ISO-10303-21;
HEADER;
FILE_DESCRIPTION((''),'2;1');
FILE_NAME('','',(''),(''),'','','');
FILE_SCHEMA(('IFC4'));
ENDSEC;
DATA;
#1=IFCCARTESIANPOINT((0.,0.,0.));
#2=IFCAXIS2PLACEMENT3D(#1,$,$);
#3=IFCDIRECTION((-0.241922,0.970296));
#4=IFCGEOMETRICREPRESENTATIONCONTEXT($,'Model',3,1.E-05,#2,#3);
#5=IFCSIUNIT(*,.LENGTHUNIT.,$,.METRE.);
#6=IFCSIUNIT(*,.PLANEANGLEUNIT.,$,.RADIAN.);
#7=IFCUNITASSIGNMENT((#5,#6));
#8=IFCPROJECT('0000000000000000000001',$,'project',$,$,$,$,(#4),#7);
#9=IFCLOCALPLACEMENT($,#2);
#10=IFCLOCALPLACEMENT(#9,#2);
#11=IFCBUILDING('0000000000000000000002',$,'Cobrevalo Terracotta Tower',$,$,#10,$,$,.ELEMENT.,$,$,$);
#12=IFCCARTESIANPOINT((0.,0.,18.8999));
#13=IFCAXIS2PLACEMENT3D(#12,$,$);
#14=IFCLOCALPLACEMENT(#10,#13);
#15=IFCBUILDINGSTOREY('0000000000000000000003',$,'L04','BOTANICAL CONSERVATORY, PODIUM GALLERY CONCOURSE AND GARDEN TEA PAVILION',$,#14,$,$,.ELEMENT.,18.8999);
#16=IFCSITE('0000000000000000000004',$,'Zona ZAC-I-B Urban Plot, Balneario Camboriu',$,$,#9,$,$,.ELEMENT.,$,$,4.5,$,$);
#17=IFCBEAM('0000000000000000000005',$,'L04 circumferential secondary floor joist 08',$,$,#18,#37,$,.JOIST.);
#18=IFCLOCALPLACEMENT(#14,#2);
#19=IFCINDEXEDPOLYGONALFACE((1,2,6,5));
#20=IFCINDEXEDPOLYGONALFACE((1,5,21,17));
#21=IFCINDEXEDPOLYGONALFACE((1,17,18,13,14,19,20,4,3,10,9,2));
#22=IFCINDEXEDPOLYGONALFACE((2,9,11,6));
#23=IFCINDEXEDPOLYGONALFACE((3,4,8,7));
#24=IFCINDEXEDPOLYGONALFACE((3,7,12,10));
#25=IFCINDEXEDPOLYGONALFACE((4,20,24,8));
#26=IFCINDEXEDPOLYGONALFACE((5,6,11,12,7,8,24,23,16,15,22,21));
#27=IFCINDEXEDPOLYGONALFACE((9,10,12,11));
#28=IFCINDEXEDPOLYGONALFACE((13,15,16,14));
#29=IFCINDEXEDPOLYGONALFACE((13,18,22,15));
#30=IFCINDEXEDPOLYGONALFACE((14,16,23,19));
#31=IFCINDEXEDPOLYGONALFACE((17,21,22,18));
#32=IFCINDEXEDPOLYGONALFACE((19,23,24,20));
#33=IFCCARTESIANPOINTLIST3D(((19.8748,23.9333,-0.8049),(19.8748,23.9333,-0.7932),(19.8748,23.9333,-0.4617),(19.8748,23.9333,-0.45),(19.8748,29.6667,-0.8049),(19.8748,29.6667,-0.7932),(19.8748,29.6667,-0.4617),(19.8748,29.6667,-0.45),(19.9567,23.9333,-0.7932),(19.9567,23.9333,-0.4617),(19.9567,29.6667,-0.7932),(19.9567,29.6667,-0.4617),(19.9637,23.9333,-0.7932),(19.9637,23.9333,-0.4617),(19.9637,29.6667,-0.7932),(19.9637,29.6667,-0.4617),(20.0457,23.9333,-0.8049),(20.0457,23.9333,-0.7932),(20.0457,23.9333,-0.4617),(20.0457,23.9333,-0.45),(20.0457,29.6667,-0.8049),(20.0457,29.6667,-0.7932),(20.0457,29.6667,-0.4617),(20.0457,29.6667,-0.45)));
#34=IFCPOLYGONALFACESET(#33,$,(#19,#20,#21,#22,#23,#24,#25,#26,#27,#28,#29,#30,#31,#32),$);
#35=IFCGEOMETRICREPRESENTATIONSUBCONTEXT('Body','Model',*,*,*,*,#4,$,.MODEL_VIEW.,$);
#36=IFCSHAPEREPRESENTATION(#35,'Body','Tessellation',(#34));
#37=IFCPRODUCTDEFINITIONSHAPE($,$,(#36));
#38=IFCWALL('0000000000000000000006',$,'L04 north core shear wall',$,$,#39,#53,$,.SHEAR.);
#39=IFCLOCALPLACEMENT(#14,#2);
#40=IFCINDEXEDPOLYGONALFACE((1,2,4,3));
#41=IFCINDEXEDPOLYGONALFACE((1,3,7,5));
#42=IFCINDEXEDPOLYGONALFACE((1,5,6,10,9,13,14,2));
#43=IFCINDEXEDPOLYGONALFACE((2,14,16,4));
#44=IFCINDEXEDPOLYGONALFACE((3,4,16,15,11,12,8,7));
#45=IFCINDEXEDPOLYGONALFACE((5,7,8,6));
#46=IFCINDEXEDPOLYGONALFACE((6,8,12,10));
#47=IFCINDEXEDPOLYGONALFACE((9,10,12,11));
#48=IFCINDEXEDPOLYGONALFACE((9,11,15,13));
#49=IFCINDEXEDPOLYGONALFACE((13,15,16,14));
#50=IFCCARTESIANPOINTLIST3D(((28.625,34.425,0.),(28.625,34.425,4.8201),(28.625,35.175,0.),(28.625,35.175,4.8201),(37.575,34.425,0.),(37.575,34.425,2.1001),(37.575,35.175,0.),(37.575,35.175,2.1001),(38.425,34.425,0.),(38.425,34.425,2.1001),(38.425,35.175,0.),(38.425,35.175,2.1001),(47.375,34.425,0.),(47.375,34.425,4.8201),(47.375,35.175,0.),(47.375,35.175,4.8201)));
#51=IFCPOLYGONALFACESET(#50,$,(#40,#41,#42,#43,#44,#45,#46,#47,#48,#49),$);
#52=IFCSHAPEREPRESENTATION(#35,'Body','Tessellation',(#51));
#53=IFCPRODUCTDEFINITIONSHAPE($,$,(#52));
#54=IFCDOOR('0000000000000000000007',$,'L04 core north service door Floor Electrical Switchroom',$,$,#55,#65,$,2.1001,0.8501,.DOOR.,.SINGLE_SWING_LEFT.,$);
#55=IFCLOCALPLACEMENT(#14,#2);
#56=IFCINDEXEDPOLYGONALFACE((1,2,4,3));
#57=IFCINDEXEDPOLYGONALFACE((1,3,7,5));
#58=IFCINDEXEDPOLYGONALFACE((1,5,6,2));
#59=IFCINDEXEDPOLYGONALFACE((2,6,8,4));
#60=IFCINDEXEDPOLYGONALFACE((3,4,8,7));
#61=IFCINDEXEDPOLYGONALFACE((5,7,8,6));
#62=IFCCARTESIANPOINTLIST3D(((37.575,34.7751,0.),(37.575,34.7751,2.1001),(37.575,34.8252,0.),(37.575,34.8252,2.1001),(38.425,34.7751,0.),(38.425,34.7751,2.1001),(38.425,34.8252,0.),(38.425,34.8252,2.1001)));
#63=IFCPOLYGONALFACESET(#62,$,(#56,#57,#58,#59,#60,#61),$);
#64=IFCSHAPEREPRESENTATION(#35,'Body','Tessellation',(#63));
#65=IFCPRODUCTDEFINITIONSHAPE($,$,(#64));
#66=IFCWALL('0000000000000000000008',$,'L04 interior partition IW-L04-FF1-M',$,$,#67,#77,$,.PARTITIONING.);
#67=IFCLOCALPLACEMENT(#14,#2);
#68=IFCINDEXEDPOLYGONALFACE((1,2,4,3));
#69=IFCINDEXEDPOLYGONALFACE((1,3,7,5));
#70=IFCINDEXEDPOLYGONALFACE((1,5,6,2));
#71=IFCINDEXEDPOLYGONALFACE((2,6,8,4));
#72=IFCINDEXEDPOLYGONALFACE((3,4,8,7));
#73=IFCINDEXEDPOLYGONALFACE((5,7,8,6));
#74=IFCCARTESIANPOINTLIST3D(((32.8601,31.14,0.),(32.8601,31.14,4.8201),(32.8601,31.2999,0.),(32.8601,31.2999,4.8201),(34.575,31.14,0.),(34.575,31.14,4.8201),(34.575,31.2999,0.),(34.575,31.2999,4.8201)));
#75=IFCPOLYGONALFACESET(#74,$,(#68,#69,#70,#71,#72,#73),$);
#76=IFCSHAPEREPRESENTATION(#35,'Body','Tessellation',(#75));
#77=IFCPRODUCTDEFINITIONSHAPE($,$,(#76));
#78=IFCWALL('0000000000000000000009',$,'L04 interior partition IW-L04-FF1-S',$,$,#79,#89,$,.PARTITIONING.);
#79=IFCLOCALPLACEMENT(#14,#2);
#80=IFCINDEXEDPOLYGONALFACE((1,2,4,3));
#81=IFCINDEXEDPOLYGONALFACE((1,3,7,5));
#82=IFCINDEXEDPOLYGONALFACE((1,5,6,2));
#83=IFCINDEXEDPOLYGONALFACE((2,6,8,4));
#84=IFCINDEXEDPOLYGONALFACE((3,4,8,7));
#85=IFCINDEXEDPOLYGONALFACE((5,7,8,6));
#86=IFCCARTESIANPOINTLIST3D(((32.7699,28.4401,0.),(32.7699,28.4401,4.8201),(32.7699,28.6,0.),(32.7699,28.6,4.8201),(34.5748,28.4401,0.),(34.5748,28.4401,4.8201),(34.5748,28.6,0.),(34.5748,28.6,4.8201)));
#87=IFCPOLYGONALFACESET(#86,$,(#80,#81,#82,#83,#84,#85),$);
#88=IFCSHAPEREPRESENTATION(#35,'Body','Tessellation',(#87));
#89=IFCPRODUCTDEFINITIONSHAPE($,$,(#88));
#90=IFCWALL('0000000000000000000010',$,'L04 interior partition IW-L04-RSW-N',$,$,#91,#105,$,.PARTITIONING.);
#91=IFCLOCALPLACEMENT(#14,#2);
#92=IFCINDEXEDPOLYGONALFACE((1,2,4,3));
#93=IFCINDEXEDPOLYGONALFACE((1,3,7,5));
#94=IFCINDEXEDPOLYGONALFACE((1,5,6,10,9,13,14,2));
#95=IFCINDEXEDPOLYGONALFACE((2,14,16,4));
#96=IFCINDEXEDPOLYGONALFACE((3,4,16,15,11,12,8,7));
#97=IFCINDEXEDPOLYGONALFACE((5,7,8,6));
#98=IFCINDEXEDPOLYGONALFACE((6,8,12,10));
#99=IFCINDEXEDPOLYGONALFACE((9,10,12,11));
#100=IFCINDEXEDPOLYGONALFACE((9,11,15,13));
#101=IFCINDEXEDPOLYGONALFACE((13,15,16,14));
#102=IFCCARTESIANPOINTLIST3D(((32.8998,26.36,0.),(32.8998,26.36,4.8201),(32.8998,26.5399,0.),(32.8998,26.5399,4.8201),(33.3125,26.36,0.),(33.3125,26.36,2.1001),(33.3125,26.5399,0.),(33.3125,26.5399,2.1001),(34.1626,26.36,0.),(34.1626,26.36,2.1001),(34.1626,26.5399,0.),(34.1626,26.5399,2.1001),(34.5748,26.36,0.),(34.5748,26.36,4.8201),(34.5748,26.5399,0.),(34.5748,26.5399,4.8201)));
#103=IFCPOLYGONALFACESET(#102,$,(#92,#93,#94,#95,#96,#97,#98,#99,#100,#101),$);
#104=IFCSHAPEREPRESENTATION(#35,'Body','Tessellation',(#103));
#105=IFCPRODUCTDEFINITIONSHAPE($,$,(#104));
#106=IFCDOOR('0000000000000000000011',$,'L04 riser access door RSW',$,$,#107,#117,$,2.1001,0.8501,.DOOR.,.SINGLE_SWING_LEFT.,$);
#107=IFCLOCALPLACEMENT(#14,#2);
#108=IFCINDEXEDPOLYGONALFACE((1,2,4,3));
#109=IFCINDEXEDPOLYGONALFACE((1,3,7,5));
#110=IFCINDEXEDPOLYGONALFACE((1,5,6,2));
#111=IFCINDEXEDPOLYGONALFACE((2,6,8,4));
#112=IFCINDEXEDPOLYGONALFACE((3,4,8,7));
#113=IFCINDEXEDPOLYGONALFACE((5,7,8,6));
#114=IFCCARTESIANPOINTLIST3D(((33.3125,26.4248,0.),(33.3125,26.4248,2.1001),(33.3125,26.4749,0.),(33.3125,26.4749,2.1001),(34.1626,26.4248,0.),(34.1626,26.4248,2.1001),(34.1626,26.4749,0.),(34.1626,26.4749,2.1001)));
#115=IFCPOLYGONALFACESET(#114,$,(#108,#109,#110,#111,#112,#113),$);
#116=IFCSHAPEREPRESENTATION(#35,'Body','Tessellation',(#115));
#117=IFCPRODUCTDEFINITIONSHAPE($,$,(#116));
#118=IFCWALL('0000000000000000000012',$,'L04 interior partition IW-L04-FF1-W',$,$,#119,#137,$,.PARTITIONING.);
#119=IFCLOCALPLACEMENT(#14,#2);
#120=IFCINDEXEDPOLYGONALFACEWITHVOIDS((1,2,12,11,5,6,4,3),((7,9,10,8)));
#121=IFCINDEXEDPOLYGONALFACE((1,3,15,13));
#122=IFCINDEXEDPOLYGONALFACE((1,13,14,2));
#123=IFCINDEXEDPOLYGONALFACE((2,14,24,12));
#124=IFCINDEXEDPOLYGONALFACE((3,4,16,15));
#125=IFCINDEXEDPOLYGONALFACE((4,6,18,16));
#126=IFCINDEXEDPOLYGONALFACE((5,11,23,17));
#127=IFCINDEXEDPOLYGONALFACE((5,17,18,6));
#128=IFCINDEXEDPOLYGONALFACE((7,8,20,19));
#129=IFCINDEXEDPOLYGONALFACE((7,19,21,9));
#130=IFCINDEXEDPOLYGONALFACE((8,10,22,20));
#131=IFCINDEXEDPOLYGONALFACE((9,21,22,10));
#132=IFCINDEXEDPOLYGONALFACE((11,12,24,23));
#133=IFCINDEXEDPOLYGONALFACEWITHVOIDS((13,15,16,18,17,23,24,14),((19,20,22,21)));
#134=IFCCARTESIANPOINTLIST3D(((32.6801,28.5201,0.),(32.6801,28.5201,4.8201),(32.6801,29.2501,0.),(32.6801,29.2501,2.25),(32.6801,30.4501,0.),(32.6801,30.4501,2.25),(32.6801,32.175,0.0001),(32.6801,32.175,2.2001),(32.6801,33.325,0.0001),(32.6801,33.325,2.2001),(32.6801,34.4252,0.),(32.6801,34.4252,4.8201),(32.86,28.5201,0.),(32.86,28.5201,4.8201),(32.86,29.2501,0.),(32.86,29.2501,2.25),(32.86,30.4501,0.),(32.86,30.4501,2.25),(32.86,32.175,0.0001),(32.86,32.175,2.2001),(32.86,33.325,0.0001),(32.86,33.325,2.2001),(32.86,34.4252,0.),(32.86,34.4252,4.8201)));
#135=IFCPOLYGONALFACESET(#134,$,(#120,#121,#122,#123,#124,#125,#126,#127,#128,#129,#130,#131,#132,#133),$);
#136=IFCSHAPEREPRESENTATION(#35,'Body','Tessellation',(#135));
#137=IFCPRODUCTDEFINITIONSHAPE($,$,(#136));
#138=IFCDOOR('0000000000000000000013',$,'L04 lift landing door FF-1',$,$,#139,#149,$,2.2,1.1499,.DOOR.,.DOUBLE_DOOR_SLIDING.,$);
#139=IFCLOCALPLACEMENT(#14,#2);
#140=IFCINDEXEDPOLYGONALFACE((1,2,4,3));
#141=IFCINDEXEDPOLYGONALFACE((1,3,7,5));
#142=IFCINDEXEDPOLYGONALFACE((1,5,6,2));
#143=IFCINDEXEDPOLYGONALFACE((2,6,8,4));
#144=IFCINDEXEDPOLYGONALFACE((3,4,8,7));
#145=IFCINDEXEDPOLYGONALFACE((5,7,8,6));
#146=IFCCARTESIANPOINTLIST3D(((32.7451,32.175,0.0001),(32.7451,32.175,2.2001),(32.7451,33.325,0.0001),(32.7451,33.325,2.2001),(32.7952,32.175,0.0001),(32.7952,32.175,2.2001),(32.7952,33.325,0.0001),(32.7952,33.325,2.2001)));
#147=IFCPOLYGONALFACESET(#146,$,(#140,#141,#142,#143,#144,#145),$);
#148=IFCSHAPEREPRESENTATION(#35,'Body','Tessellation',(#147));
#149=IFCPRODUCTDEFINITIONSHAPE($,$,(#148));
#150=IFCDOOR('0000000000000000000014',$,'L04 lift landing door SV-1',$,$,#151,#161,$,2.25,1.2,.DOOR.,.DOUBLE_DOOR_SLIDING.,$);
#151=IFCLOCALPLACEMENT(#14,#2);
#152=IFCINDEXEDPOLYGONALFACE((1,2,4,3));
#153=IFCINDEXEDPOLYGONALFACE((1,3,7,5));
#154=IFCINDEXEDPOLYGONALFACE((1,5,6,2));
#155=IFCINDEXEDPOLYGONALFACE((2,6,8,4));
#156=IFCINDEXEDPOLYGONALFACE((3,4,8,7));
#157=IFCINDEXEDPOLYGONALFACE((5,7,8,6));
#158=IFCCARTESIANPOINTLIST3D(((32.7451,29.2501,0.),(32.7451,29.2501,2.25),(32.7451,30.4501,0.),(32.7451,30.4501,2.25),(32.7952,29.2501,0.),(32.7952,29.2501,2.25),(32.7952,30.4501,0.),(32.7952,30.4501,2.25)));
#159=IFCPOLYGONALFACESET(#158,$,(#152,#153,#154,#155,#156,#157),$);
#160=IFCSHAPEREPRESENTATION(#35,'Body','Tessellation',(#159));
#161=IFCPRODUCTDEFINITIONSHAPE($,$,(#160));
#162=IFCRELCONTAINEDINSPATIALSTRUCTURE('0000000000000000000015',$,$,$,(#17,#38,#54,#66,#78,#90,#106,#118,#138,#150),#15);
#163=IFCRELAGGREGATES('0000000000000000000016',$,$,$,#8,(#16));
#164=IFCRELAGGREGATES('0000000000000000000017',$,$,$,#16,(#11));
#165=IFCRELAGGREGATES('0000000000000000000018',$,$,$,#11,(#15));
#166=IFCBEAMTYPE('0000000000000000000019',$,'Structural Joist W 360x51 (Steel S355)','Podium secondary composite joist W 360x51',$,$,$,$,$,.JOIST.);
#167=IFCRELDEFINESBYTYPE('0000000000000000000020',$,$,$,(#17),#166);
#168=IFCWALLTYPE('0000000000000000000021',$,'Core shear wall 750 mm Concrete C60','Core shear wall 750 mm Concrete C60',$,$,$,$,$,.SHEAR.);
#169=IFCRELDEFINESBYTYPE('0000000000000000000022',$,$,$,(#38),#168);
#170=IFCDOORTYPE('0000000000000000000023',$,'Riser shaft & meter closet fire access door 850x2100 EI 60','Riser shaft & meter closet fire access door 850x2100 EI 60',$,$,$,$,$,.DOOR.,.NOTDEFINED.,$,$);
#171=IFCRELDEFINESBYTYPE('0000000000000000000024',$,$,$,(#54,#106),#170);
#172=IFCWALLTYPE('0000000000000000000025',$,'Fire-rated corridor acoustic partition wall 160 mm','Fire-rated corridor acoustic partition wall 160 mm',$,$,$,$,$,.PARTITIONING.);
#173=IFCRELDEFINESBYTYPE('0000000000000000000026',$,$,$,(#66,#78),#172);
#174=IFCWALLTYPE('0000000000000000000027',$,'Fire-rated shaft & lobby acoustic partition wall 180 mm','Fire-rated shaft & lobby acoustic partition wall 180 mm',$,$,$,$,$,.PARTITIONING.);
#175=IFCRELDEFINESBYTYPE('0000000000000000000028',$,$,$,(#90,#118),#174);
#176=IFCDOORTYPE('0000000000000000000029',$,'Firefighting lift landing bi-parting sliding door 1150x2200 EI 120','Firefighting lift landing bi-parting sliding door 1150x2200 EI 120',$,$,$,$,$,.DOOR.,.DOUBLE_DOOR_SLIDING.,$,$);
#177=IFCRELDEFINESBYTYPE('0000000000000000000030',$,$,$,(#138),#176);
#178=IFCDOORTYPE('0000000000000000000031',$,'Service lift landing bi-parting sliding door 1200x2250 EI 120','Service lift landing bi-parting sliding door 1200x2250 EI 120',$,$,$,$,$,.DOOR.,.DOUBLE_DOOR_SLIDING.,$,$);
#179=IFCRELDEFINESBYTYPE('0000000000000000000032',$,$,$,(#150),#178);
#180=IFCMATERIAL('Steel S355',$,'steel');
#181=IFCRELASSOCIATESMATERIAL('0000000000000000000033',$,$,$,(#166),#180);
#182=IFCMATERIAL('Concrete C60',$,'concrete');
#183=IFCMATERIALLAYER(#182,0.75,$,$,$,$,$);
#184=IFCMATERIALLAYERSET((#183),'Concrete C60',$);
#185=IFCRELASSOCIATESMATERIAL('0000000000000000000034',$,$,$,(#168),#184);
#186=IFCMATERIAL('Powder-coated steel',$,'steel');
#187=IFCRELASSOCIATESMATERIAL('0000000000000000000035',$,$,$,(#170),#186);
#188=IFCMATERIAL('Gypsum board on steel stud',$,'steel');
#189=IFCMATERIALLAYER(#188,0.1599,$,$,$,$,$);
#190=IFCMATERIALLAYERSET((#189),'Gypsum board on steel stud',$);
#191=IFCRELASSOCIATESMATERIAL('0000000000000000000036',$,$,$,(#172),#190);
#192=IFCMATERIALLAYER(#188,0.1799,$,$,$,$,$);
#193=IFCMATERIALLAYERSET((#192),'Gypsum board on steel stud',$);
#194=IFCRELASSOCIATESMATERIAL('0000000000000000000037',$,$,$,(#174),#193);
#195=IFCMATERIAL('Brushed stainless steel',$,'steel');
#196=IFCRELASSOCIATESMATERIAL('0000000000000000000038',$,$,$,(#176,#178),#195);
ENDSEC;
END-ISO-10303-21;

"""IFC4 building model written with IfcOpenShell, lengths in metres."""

from ifc_helpers import new_model, si_unit, direction, frame, frame_2d, origin, origin_2d, place, context, subcontext, project, spatial, rectangle, i_section, extrude, source, transform, mapped, material, layer, layer_set, material_profile, profile_set, type_object, element, fill, save


model = new_model("IFC4")

# Units and contexts
model_context = context("Model", 3, precision=1e-05, world=origin(), true_north=direction((-0.241922, 0.970296)))
body_context = subcontext(model_context, "Body", "Model", "MODEL_VIEW")
ifc_project = project(units=[si_unit("LENGTHUNIT", "METRE"), si_unit("PLANEANGLEUNIT", "RADIAN")], contexts=[model_context])

# Site, building, storey
site_placement = place(None, origin())
site = spatial("IfcSite", under=ifc_project, at=site_placement, Name="Zona ZAC-I-B Urban Plot, Balneario Camboriu", CompositionType="ELEMENT", RefElevation=4.5)
building_placement = place(site_placement, origin())
building = spatial("IfcBuilding", under=site, at=building_placement, Name="Cobrevalo Terracotta Tower", CompositionType="ELEMENT")
storey_placement = place(building_placement, frame((0.0, 0.0, 18.8999)))
storey = spatial("IfcBuildingStorey", under=building, at=storey_placement, Name="L04", Description="BOTANICAL CONSERVATORY, PODIUM GALLERY CONCOURSE AND GARDEN TEA PAVILION", CompositionType="ELEMENT", Elevation=18.8999)

# Shared definitions
ifc_material_1 = material(Name="Steel S355", Category="steel")
ifc_material_2 = material(Name="Concrete C60", Category="concrete")

# Beam
ifc_material_profile_1 = material_profile(ifc_material_1, i_section(OverallWidth=0.1709, OverallDepth=0.355, WebThickness=0.0071, FlangeThickness=0.0117, at=origin_2d()), Name="W 360x51")
ifc_profile_set_1 = profile_set([ifc_material_profile_1], Name="Steel S355")
beam_type = type_object("IfcBeamType", Name="Structural Joist W 360x51 (Steel S355)", Description="Podium secondary composite joist W 360x51", PredefinedType="JOIST", material=ifc_profile_set_1)
beam_1_placement = place(storey_placement, frame((19.9602, 29.6667, -0.6274), z_axis=(0.0, -1.0, 0.0), x_axis=(1.0, 0.0, 0.0)))
element("IfcBeam", 1, at=beam_1_placement, inside=storey, type_object=beam_type, Name="L04 circumferential secondary floor joist 08", PredefinedType="JOIST", context=body_context, shape_type="SweptSolid", body=[
    extrude(i_section(OverallWidth=0.1709, OverallDepth=0.355, WebThickness=0.0071, FlangeThickness=0.0117, at=origin_2d()), origin(), (0.0, 0.0, 1.0), 5.7334),
])

# Wall, opening, door
ifc_layer_1 = layer(ifc_material_2, 0.75)
ifc_layer_set_1 = layer_set([ifc_layer_1], Name="Concrete C60")
wall_type_1 = type_object("IfcWallType", Name="Core shear wall 750 mm Concrete C60", Description="Core shear wall 750 mm Concrete C60", PredefinedType="SHEAR", material=ifc_layer_set_1)
wall_1_placement = place(storey_placement, frame((28.625, 34.8, 0.0), z_axis=(0.0, 0.0, 1.0), x_axis=(1.0, 0.0, 0.0)))
wall_1 = element("IfcWall", 2, at=wall_1_placement, inside=storey, type_object=wall_type_1, Name="L04 north core shear wall", PredefinedType="SHEAR", context=body_context, shape_type="SweptSolid", body=[
    extrude(rectangle(XDim=18.75, YDim=0.75, at=frame_2d((9.375, 0.0))), origin(), (0.0, 0.0, 1.0), 4.8201),
])
opening_1_placement = place(wall_1_placement, frame((8.95, 0.0, 0.0)))
opening_1 = element("IfcOpeningElement", 3, at=opening_1_placement, cuts=wall_1, PredefinedType="OPENING", context=body_context, shape_type="SweptSolid", body=[
    extrude(rectangle(XDim=0.8501, YDim=2.1001, at=frame_2d((0.425, 1.05))), frame((0.0, 0.385, 0.0), z_axis=(0.0, -1.0, 0.0), x_axis=(1.0, 0.0, 0.0)), (0.0, 0.0, 1.0), 0.77),
])
ifc_material_3 = material(Name="Powder-coated steel", Category="steel")
door_type_1 = type_object("IfcDoorType", Name="Riser shaft & meter closet fire access door 850x2100 EI 60", Description="Riser shaft & meter closet fire access door 850x2100 EI 60", OperationType="NOTDEFINED", PredefinedType="DOOR", material=ifc_material_3)
shared_shape_1 = source(origin(), body_context, "Body", "SweptSolid", [
    extrude(rectangle(XDim=0.8501, YDim=2.1001, at=frame_2d((0.425, 1.05))), frame((0.0, 0.0249, 0.0), z_axis=(0.0, -1.0, 0.0), x_axis=(1.0, 0.0, 0.0)), (0.0, 0.0, 1.0), 0.05),
])
door_1_placement = place(opening_1_placement, frame((0.8501, 0.0, 0.0), z_axis=(0.0, 0.0, 1.0), x_axis=(-1.0, 0.0, 0.0)))
door_1 = element("IfcDoor", 4, at=door_1_placement, inside=storey, type_object=door_type_1, Name="L04 core north service door Floor Electrical Switchroom", OperationType="SINGLE_SWING_LEFT", OverallHeight=2.1001, OverallWidth=0.8501, PredefinedType="DOOR", context=body_context, shape_type="MappedRepresentation", body=[
    mapped(shared_shape_1, transform((0.0, 0.0, 0.0), scale=1.0)),
])
fill(opening_1, door_1)

# Walls
ifc_material_4 = material(Name="Gypsum board on steel stud", Category="steel")
ifc_layer_2 = layer(ifc_material_4, 0.1599)
ifc_layer_set_2 = layer_set([ifc_layer_2], Name="Gypsum board on steel stud")
wall_type_2 = type_object("IfcWallType", Name="Fire-rated corridor acoustic partition wall 160 mm", Description="Fire-rated corridor acoustic partition wall 160 mm", PredefinedType="PARTITIONING", material=ifc_layer_set_2)
wall_2_placement = place(storey_placement, frame((32.8601, 31.22, 0.0), z_axis=(0.0, 0.0, 1.0), x_axis=(1.0, 0.0, 0.0)))
element("IfcWall", 5, at=wall_2_placement, inside=storey, type_object=wall_type_2, Name="L04 interior partition IW-L04-FF1-M", PredefinedType="PARTITIONING", context=body_context, shape_type="SweptSolid", body=[
    extrude(rectangle(XDim=1.7148, YDim=0.1599, at=frame_2d((0.8574, 0.0))), origin(), (0.0, 0.0, 1.0), 4.8201),
])
wall_3_placement = place(storey_placement, frame((32.77, 28.52, 0.0), z_axis=(0.0, 0.0, 1.0), x_axis=(1.0, 0.0, 0.0)))
element("IfcWall", 6, at=wall_3_placement, inside=storey, type_object=wall_type_2, Name="L04 interior partition IW-L04-FF1-S", PredefinedType="PARTITIONING", context=body_context, shape_type="SweptSolid", body=[
    extrude(rectangle(XDim=1.8049, YDim=0.1599, at=frame_2d((0.9023, 0.0))), origin(), (0.0, 0.0, 1.0), 4.8201),
])

# Wall, opening, door
ifc_layer_3 = layer(ifc_material_4, 0.1799)
ifc_layer_set_3 = layer_set([ifc_layer_3], Name="Gypsum board on steel stud")
wall_type_3 = type_object("IfcWallType", Name="Fire-rated shaft & lobby acoustic partition wall 180 mm", Description="Fire-rated shaft & lobby acoustic partition wall 180 mm", PredefinedType="PARTITIONING", material=ifc_layer_set_3)
wall_4_placement = place(storey_placement, frame((32.8999, 26.45, 0.0), z_axis=(0.0, 0.0, 1.0), x_axis=(1.0, 0.0, 0.0)))
wall_4 = element("IfcWall", 7, at=wall_4_placement, inside=storey, type_object=wall_type_3, Name="L04 interior partition IW-L04-RSW-N", PredefinedType="PARTITIONING", context=body_context, shape_type="SweptSolid", body=[
    extrude(rectangle(XDim=1.675, YDim=0.1799, at=frame_2d((0.8374, 0.0))), origin(), (0.0, 0.0, 1.0), 4.8201),
])
opening_2_placement = place(wall_4_placement, frame((0.4126, 0.0, 0.0)))
opening_2 = element("IfcOpeningElement", 8, at=opening_2_placement, cuts=wall_4, PredefinedType="OPENING", context=body_context, shape_type="SweptSolid", body=[
    extrude(rectangle(XDim=0.8501, YDim=2.1001, at=frame_2d((0.425, 1.05))), frame((0.0, 0.1001, 0.0), z_axis=(0.0, -1.0, 0.0), x_axis=(1.0, 0.0, 0.0)), (0.0, 0.0, 1.0), 0.2),
])
door_2_placement = place(opening_2_placement, origin())
door_2 = element("IfcDoor", 9, at=door_2_placement, inside=storey, type_object=door_type_1, Name="L04 riser access door RSW", OperationType="SINGLE_SWING_LEFT", OverallHeight=2.1001, OverallWidth=0.8501, PredefinedType="DOOR", context=body_context, shape_type="MappedRepresentation", body=[
    mapped(shared_shape_1, transform((0.0, 0.0, 0.0), scale=1.0)),
])
fill(opening_2, door_2)

# Wall, openings, doors
wall_5_placement = place(storey_placement, frame((32.77, 28.52, 0.0), z_axis=(0.0, 0.0, 1.0), x_axis=(0.0, 1.0, 0.0)))
wall_5 = element("IfcWall", 10, at=wall_5_placement, inside=storey, type_object=wall_type_3, Name="L04 interior partition IW-L04-FF1-W", PredefinedType="PARTITIONING", context=body_context, shape_type="SweptSolid", body=[
    extrude(rectangle(XDim=5.905, YDim=0.1799, at=frame_2d((2.9526, 0.0))), origin(), (0.0, 0.0, 1.0), 4.8201),
])
opening_3_placement = place(wall_5_placement, frame((3.655, 0.0, 0.0)))
opening_3 = element("IfcOpeningElement", 11, at=opening_3_placement, cuts=wall_5, PredefinedType="OPENING", context=body_context, shape_type="SweptSolid", body=[
    extrude(rectangle(XDim=1.1499, YDim=2.2, at=frame_2d((0.575, 1.1001))), frame((0.0, 0.1001, 0.0), z_axis=(0.0, -1.0, 0.0), x_axis=(1.0, 0.0, 0.0)), (0.0, 0.0, 1.0), 0.2),
])
opening_4_placement = place(wall_5_placement, frame((0.73, 0.0, 0.0)))
opening_4 = element("IfcOpeningElement", 12, at=opening_4_placement, cuts=wall_5, PredefinedType="OPENING", context=body_context, shape_type="SweptSolid", body=[
    extrude(rectangle(XDim=1.2, YDim=2.25, at=frame_2d((0.6001, 1.125))), frame((0.0, 0.1001, 0.0), z_axis=(0.0, -1.0, 0.0), x_axis=(1.0, 0.0, 0.0)), (0.0, 0.0, 1.0), 0.2),
])
ifc_material_5 = material(Name="Brushed stainless steel", Category="steel")
door_type_2 = type_object("IfcDoorType", Name="Firefighting lift landing bi-parting sliding door 1150x2200 EI 120", Description="Firefighting lift landing bi-parting sliding door 1150x2200 EI 120", OperationType="DOUBLE_DOOR_SLIDING", PredefinedType="DOOR", material=ifc_material_5)
shared_shape_2 = source(origin(), body_context, "Body", "SweptSolid", [
    extrude(rectangle(XDim=1.1499, YDim=2.2, at=frame_2d((0.575, 1.1001))), frame((0.0, 0.0249, 0.0), z_axis=(0.0, -1.0, 0.0), x_axis=(1.0, 0.0, 0.0)), (0.0, 0.0, 1.0), 0.05),
])
door_3_placement = place(opening_3_placement, origin())
door_3 = element("IfcDoor", 13, at=door_3_placement, inside=storey, type_object=door_type_2, Name="L04 lift landing door FF-1", OperationType="DOUBLE_DOOR_SLIDING", OverallHeight=2.2, OverallWidth=1.1499, PredefinedType="DOOR", context=body_context, shape_type="MappedRepresentation", body=[
    mapped(shared_shape_2, transform((0.0, 0.0, 0.0), scale=1.0)),
])
fill(opening_3, door_3)
door_type_3 = type_object("IfcDoorType", Name="Service lift landing bi-parting sliding door 1200x2250 EI 120", Description="Service lift landing bi-parting sliding door 1200x2250 EI 120", OperationType="DOUBLE_DOOR_SLIDING", PredefinedType="DOOR", material=ifc_material_5)
shared_shape_3 = source(origin(), body_context, "Body", "SweptSolid", [
    extrude(rectangle(XDim=1.2, YDim=2.25, at=frame_2d((0.6001, 1.125))), frame((0.0, 0.0249, 0.0), z_axis=(0.0, -1.0, 0.0), x_axis=(1.0, 0.0, 0.0)), (0.0, 0.0, 1.0), 0.05),
])
door_4_placement = place(opening_4_placement, origin())
door_4 = element("IfcDoor", 14, at=door_4_placement, inside=storey, type_object=door_type_3, Name="L04 lift landing door SV-1", OperationType="DOUBLE_DOOR_SLIDING", OverallHeight=2.25, OverallWidth=1.2, PredefinedType="DOOR", context=body_context, shape_type="MappedRepresentation", body=[
    mapped(shared_shape_3, transform((0.0, 0.0, 0.0), scale=1.0)),
])
fill(opening_4, door_4)

save(model, "model.ifc")
